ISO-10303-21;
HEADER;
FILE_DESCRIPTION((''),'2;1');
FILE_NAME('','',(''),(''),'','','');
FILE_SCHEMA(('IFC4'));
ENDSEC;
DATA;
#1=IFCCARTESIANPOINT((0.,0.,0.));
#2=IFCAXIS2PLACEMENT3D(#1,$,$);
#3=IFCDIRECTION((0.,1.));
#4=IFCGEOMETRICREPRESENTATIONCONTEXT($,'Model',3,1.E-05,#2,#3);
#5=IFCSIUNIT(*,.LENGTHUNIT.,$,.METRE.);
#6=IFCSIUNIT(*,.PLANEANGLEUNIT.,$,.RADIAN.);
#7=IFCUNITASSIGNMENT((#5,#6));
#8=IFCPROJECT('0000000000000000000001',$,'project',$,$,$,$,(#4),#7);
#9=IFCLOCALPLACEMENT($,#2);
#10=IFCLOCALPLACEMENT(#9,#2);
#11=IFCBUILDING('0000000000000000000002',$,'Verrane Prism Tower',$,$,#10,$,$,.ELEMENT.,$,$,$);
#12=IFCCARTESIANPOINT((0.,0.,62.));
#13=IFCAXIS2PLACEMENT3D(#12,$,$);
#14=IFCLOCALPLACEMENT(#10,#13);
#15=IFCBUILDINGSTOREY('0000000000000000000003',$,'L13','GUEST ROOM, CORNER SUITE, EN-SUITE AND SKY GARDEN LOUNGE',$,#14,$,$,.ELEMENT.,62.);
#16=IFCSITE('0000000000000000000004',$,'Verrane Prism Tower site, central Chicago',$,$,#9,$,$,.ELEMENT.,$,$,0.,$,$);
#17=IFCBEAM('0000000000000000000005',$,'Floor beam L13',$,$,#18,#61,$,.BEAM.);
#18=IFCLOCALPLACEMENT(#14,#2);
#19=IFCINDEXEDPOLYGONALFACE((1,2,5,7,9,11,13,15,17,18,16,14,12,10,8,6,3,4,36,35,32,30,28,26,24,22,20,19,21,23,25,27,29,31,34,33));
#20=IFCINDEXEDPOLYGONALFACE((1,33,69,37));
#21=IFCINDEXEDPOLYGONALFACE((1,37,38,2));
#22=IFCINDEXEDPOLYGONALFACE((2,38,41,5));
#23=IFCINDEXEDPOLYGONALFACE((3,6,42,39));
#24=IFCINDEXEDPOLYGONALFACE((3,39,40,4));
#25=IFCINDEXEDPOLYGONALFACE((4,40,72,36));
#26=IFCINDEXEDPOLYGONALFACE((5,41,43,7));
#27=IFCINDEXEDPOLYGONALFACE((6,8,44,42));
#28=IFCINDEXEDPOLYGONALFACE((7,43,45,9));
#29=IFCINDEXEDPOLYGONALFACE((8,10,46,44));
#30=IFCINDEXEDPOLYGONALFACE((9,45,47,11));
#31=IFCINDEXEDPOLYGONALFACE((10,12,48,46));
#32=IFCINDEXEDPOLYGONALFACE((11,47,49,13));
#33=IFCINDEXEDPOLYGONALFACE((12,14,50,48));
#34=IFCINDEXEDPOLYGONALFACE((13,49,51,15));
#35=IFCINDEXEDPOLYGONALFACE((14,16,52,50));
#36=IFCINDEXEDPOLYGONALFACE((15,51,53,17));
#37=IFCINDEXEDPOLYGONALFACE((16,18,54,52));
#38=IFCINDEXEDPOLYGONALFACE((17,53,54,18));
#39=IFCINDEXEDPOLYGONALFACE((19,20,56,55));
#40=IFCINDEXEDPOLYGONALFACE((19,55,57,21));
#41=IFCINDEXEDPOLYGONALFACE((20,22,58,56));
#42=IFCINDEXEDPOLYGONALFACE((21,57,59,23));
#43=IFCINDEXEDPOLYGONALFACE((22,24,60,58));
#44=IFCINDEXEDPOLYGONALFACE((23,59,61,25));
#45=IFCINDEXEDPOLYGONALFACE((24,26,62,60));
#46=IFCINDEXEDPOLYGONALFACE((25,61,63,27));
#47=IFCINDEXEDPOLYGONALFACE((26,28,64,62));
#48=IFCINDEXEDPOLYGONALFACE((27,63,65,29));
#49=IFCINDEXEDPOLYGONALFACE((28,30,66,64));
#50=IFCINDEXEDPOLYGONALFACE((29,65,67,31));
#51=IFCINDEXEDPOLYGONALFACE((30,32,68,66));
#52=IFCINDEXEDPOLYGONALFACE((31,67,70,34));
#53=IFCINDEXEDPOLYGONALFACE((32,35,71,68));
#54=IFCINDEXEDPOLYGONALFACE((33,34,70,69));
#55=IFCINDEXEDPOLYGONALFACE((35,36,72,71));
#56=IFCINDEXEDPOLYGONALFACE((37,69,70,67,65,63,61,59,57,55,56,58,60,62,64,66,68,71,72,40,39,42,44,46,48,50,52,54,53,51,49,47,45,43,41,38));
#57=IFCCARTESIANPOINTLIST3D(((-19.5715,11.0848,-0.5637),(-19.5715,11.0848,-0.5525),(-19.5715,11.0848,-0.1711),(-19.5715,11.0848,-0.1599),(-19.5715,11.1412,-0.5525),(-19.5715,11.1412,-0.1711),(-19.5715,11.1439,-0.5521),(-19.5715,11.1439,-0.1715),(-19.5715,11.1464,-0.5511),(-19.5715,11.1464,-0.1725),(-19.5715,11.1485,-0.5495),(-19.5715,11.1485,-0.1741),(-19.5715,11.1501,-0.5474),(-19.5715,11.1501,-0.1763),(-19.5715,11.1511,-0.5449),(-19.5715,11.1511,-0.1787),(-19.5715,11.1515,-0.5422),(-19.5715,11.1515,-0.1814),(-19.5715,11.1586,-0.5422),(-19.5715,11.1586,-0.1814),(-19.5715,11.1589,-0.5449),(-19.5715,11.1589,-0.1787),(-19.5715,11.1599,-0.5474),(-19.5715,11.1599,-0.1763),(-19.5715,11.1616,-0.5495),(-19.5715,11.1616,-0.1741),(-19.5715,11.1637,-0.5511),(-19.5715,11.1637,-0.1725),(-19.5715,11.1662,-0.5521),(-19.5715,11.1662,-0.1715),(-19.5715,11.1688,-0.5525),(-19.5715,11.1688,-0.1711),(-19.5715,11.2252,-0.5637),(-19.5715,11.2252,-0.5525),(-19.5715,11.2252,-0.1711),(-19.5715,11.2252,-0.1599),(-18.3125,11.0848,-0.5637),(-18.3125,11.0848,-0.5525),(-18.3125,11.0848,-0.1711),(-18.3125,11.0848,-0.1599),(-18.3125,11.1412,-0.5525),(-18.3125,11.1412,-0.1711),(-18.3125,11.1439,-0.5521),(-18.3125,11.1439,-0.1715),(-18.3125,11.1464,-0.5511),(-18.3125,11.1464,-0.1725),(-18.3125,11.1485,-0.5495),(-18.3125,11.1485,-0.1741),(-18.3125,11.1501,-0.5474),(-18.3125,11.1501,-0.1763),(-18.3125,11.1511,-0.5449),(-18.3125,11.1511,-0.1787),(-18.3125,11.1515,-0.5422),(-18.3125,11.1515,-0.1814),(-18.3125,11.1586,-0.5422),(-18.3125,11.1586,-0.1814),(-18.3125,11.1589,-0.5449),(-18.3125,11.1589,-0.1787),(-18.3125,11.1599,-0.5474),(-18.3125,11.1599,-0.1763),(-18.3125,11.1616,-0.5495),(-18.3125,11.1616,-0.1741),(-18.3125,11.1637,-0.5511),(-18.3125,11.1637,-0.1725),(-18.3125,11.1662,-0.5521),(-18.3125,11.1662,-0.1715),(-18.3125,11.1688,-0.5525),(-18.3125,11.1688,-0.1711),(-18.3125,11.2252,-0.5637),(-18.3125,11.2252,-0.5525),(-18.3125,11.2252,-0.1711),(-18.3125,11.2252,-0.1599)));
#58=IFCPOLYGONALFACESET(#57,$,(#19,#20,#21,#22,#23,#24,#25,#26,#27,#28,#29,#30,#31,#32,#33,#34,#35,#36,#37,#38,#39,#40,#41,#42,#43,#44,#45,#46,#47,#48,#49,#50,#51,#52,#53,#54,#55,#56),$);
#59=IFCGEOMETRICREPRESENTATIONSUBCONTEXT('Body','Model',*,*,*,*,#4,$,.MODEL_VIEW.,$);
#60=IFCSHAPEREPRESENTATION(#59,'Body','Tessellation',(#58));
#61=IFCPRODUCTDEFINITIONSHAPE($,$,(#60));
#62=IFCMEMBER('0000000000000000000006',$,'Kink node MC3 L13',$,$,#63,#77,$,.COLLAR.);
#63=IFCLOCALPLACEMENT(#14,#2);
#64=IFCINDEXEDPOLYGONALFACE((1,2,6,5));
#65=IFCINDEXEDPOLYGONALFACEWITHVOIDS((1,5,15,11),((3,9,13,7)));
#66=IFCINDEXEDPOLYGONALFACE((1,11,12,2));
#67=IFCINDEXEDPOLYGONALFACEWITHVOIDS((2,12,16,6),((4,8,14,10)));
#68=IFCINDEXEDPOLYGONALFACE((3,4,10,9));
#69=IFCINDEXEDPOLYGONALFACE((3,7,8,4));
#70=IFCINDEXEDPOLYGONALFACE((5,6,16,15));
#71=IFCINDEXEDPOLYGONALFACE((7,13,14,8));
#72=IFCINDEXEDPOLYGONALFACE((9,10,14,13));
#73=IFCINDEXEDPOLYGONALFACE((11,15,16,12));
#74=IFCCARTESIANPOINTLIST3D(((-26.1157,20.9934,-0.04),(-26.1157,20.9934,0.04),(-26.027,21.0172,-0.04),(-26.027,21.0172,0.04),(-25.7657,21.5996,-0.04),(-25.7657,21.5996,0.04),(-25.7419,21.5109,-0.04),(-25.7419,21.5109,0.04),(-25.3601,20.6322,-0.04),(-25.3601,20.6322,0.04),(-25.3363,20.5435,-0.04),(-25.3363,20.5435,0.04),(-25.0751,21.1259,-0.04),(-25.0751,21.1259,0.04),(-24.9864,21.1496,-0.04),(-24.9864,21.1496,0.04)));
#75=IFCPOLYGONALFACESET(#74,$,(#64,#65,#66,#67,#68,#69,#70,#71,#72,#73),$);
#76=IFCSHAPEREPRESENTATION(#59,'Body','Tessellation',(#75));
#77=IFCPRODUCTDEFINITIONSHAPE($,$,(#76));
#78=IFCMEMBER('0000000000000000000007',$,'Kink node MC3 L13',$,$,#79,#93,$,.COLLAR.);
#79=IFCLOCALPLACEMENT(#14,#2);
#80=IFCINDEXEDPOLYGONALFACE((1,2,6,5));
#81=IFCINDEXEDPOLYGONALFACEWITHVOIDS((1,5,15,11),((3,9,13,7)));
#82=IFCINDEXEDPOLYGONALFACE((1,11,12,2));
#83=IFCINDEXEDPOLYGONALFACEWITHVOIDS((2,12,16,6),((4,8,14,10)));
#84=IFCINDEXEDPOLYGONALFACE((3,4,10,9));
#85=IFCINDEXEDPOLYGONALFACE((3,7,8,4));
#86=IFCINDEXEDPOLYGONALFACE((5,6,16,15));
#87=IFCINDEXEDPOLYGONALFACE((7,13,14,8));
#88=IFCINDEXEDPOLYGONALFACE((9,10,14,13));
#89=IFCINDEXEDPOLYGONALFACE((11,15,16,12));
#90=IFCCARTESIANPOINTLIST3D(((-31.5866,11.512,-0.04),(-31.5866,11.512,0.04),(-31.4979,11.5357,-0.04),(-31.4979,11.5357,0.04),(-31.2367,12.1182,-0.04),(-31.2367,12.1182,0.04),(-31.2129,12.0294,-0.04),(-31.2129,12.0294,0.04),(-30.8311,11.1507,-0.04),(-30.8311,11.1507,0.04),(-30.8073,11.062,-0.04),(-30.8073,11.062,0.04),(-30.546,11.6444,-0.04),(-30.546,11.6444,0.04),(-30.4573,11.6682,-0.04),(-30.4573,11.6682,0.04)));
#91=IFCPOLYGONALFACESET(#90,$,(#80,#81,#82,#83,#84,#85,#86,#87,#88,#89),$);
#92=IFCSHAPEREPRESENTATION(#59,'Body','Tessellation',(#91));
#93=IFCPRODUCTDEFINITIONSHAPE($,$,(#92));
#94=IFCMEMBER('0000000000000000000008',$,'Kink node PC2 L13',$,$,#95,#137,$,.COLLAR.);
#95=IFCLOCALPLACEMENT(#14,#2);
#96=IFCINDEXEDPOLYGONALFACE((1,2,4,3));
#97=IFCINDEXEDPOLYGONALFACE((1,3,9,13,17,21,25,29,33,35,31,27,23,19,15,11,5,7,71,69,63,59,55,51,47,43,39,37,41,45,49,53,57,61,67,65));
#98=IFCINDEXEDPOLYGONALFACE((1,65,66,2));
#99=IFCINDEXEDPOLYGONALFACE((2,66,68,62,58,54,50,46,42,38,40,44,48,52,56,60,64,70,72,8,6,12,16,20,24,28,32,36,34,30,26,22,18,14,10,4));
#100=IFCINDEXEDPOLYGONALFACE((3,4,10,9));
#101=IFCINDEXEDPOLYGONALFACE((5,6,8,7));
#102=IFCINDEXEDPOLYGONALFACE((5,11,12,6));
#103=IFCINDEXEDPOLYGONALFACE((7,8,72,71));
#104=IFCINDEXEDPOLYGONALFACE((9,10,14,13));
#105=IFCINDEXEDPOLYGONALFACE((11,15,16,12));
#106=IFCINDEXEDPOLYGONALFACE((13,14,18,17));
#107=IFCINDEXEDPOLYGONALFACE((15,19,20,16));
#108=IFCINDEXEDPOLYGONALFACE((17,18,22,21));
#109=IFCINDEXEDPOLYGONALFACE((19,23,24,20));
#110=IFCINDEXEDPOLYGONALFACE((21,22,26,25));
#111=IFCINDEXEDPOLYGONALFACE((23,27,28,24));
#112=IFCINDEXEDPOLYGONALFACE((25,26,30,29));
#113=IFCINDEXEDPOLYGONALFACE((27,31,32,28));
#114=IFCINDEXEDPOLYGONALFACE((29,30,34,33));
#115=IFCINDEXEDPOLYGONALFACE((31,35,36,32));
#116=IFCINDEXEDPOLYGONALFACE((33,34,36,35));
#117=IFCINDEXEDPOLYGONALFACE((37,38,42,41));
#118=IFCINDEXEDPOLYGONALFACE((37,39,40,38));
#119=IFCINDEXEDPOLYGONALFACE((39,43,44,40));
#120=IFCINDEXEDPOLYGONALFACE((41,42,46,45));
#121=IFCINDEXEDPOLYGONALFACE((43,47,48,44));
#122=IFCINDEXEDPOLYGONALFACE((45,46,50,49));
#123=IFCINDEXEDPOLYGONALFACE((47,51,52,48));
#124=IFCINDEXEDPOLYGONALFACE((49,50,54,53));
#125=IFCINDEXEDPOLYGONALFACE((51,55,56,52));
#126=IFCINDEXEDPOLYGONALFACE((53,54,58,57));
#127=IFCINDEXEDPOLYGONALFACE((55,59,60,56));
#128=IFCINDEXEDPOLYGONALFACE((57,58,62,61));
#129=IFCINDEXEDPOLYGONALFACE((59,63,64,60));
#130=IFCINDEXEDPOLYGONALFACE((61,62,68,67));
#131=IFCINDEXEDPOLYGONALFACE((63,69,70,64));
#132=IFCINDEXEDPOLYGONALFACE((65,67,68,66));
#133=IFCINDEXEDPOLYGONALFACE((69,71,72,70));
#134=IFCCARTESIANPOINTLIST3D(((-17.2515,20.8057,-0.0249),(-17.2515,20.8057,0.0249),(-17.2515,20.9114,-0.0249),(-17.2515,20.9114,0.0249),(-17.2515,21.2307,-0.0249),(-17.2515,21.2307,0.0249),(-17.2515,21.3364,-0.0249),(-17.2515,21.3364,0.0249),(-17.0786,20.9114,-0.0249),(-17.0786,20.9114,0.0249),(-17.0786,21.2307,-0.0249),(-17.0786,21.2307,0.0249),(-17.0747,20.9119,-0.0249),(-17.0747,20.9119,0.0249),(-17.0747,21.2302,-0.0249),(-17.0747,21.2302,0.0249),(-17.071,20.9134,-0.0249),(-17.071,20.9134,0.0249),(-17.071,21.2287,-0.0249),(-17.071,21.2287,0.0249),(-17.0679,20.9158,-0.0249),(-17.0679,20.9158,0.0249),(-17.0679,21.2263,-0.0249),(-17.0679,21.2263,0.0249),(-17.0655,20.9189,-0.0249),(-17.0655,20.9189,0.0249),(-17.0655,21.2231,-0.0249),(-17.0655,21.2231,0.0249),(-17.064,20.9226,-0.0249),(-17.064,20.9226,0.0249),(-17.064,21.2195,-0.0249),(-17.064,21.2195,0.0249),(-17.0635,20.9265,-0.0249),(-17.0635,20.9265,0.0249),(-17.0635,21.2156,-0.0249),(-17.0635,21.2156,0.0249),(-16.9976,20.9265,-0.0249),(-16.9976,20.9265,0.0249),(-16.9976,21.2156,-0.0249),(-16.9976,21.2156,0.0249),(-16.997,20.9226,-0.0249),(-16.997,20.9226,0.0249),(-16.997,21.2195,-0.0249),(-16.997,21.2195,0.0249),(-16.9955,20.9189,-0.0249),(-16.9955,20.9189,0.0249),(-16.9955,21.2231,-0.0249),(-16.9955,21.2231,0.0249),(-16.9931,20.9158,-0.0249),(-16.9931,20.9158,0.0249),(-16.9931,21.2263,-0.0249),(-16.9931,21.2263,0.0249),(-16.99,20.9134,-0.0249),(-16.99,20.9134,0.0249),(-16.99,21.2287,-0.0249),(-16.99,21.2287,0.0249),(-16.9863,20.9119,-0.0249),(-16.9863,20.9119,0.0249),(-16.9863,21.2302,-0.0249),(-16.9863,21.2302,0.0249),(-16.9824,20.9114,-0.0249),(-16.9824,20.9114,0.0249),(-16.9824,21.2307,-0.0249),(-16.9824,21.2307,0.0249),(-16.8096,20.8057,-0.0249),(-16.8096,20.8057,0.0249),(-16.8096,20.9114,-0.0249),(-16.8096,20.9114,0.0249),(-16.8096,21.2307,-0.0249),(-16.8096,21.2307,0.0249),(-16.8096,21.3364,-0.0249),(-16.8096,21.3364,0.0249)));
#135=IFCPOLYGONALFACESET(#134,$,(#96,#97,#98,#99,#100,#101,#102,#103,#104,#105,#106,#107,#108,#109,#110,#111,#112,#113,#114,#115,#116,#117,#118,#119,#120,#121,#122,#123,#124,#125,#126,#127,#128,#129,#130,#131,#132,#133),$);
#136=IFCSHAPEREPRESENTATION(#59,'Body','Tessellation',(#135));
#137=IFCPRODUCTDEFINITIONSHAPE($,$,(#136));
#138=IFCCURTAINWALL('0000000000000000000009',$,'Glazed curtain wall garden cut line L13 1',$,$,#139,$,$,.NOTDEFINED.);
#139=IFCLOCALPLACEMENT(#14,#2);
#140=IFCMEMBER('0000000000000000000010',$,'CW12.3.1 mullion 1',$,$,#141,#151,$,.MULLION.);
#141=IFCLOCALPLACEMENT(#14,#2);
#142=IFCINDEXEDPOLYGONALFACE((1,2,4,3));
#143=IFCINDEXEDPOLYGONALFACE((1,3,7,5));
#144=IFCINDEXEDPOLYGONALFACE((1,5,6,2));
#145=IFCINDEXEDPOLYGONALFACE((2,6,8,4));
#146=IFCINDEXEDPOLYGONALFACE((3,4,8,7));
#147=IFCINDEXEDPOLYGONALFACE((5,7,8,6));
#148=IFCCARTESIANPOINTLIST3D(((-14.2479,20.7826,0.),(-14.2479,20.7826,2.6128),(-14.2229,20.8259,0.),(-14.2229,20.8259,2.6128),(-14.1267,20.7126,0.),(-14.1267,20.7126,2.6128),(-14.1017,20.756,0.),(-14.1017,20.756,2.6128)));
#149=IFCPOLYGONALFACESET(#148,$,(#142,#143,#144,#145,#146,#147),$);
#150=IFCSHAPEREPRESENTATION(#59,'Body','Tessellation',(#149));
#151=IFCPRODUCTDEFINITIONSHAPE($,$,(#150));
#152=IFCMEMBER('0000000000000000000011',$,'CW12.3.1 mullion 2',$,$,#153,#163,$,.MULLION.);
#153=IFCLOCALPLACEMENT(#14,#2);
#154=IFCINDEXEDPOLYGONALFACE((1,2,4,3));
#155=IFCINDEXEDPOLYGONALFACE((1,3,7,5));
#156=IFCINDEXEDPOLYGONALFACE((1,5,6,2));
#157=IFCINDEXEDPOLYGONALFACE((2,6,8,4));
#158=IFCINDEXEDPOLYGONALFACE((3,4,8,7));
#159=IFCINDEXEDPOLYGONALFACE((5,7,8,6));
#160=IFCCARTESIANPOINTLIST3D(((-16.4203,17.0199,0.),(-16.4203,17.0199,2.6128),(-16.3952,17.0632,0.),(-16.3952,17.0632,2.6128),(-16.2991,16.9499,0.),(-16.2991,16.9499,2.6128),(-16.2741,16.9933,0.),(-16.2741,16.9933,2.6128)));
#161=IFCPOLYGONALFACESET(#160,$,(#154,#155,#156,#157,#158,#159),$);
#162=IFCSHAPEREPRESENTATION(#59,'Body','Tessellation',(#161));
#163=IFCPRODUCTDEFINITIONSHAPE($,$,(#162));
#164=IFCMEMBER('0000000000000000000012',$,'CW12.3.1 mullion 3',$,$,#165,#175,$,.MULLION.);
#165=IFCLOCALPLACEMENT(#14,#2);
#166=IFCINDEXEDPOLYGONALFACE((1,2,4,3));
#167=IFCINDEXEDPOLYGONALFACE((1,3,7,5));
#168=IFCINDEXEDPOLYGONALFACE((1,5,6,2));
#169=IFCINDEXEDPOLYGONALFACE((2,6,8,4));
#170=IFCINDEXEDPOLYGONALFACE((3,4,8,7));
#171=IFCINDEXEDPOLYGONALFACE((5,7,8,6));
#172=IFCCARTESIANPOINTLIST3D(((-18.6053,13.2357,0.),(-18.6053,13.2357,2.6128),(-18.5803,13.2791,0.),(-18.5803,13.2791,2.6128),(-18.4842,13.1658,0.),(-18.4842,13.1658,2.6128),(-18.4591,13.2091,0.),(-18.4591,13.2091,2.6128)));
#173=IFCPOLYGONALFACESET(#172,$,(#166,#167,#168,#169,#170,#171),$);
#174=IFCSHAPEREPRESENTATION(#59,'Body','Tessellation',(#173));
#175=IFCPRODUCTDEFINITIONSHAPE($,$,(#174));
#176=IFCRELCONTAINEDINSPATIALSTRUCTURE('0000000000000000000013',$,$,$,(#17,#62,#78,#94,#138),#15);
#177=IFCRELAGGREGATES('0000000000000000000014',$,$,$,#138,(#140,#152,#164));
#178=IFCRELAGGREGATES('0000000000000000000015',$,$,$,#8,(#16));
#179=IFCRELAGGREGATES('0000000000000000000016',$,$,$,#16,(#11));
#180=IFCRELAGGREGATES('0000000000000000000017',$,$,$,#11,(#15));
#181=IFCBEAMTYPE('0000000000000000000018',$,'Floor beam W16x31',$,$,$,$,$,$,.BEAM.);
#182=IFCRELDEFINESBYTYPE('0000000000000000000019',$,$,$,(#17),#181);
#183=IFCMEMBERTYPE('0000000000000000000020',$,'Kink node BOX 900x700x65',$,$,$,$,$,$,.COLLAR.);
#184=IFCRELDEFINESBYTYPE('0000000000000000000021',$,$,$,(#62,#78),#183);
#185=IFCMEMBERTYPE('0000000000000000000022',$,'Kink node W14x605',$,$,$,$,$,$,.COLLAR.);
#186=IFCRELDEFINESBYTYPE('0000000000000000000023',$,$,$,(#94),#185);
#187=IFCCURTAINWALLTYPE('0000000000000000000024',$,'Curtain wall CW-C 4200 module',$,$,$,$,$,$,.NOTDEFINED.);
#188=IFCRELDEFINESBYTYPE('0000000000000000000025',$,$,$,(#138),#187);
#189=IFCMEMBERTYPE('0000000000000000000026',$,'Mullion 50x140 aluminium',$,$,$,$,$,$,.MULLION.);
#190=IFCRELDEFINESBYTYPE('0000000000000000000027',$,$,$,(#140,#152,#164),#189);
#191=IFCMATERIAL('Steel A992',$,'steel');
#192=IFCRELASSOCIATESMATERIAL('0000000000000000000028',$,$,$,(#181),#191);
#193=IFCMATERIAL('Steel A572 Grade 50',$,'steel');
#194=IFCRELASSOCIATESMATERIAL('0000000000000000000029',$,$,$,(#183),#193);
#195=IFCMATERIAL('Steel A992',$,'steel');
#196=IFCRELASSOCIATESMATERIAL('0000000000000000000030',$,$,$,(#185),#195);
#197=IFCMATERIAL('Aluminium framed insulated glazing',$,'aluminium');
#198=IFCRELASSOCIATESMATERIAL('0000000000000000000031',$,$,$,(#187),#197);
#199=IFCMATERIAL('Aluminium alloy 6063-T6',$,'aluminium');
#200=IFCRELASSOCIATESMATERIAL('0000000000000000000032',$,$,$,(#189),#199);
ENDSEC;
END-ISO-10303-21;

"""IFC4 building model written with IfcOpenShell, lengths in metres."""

from ifc_helpers import new_model, si_unit, direction, frame, origin, origin_2d, place, context, subcontext, project, spatial, rectangle, hollow_rectangle, i_section, extrude, material, material_profile, profile_set, type_object, element, aggregate, save


model = new_model("IFC4")

# Units and contexts
model_context = context("Model", 3, precision=1e-05, world=origin(), true_north=direction((0.0, 1.0)))
body_context = subcontext(model_context, "Body", "Model", "MODEL_VIEW")
ifc_project = project(units=[si_unit("LENGTHUNIT", "METRE"), si_unit("PLANEANGLEUNIT", "RADIAN")], contexts=[model_context])

# Site, building, storey
site_placement = place(None, origin())
site = spatial("IfcSite", under=ifc_project, at=site_placement, Name="Verrane Prism Tower site, central Chicago", CompositionType="ELEMENT", RefElevation=0.0)
building_placement = place(site_placement, origin())
building = spatial("IfcBuilding", under=site, at=building_placement, Name="Verrane Prism Tower", CompositionType="ELEMENT")
storey_placement = place(building_placement, frame((0.0, 0.0, 62.0)))
storey = spatial("IfcBuildingStorey", under=building, at=storey_placement, Name="L13", Description="GUEST ROOM, CORNER SUITE, EN-SUITE AND SKY GARDEN LOUNGE", CompositionType="ELEMENT", Elevation=62.0)

# Beam
ifc_material_1 = material(Name="Steel A992", Category="steel")
ifc_material_profile_1 = material_profile(ifc_material_1, i_section(OverallWidth=0.1404, OverallDepth=0.4038, WebThickness=0.0071, FlangeThickness=0.0112, FilletRadius=0.0103, at=origin_2d()), Name="W16x31")
ifc_profile_set_1 = profile_set([ifc_material_profile_1], Name="Steel A992")
beam_type_1 = type_object("IfcBeamType", Name="Floor beam W16x31", PredefinedType="BEAM", material=ifc_profile_set_1)
beam_1_placement = place(storey_placement, frame((-19.5715, 11.155, -0.3618), z_axis=(1.0, 0.0, 0.0), x_axis=(0.0, 1.0, 0.0)))
element("IfcBeam", 1, at=beam_1_placement, inside=storey, type_object=beam_type_1, Name="Floor beam L13", PredefinedType="BEAM", context=body_context, shape_type="SweptSolid", body=[
    extrude(i_section(OverallWidth=0.1404, OverallDepth=0.4038, WebThickness=0.0071, FlangeThickness=0.0112, FilletRadius=0.0103, at=origin_2d()), origin(), (0.0, 0.0, 1.0), 1.259),
])

# Members
ifc_material_2 = material(Name="Steel A572 Grade 50", Category="steel")
ifc_material_profile_2 = material_profile(ifc_material_2, hollow_rectangle(XDim=0.7, YDim=0.8999, WallThickness=0.0649, at=origin_2d()), Name="BOX 900x700x65")
ifc_profile_set_2 = profile_set([ifc_material_profile_2], Name="Steel A572 Grade 50")
member_type_1 = type_object("IfcMemberType", Name="Kink node BOX 900x700x65", PredefinedType="COLLAR", material=ifc_profile_set_2)
for number, where, z_axis, x_axis, name in (
    (2, (-25.551, 21.0715, -0.04), (0.0, 0.0, 1.0), (0.5, 0.866025, 0.0), "Kink node MC3 L13"),
    (3, (-31.022, 11.5901, -0.04), (0.0, 0.0, 1.0), (0.5, 0.866025, 0.0), "Kink node MC3 L13"),
):
    element("IfcMember", number, at=place(storey_placement, frame(where, z_axis=z_axis, x_axis=x_axis)), inside=storey, type_object=member_type_1, Name=name, PredefinedType="COLLAR", context=body_context, shape_type="SweptSolid", body=[
        extrude(hollow_rectangle(XDim=0.7, YDim=0.8999, WallThickness=0.0649, at=origin_2d()), origin(), (0.0, 0.0, 1.0), 0.0801),
    ])
ifc_material_3 = material(Name="Steel A992", Category="steel")
ifc_material_profile_3 = material_profile(ifc_material_3, i_section(OverallWidth=0.4419, OverallDepth=0.5308, WebThickness=0.0659, FlangeThickness=0.1057, FilletRadius=0.0151, at=origin_2d()), Name="W14x605")
ifc_profile_set_3 = profile_set([ifc_material_profile_3], Name="Steel A992")
member_type_2 = type_object("IfcMemberType", Name="Kink node W14x605", PredefinedType="COLLAR", material=ifc_profile_set_3)
member_1_placement = place(storey_placement, frame((-17.0305, 21.071, -0.0249), z_axis=(0.0, 0.0, 1.0), x_axis=(1.0, 0.0, 0.0)))
element("IfcMember", 4, at=member_1_placement, inside=storey, type_object=member_type_2, Name="Kink node PC2 L13", PredefinedType="COLLAR", context=body_context, shape_type="SweptSolid", body=[
    extrude(i_section(OverallWidth=0.4419, OverallDepth=0.5308, WebThickness=0.0659, FlangeThickness=0.1057, FilletRadius=0.0151, at=origin_2d()), origin(), (0.0, 0.0, 1.0), 0.0498),
])

# Curtain wall, members
ifc_material_4 = material(Name="Aluminium framed insulated glazing", Category="aluminium")
curtain_wall_type = type_object("IfcCurtainWallType", Name="Curtain wall CW-C 4200 module", PredefinedType="NOTDEFINED", material=ifc_material_4)
curtain_wall_placement = place(storey_placement, origin())
curtain_wall = element("IfcCurtainWall", 5, at=curtain_wall_placement, inside=storey, type_object=curtain_wall_type, Name="Glazed curtain wall garden cut line L13 1", PredefinedType="NOTDEFINED")
ifc_material_5 = material(Name="Aluminium alloy 6063-T6", Category="aluminium")
ifc_material_profile_4 = material_profile(ifc_material_5, rectangle(XDim=0.1399, YDim=0.05, at=origin_2d()), Name="Mullion 50x140 aluminium")
ifc_profile_set_4 = profile_set([ifc_material_profile_4], Name="Aluminium alloy 6063-T6")
member_type_3 = type_object("IfcMemberType", Name="Mullion 50x140 aluminium", PredefinedType="MULLION", material=ifc_profile_set_4)
member_2_placement = place(storey_placement, frame((-14.1748, 20.7693, 0.0), z_axis=(0.0, 0.0, 1.0), x_axis=(0.866026, -0.499999, 0.0)))
member_2 = element("IfcMember", 6, at=member_2_placement, type_object=member_type_3, Name="CW12.3.1 mullion 1", PredefinedType="MULLION", context=body_context, shape_type="SweptSolid", body=[
    extrude(rectangle(XDim=0.1399, YDim=0.05, at=origin_2d()), origin(), (0.0, 0.0, 1.0), 2.6128),
])
member_3_placement = place(storey_placement, frame((-16.3472, 17.0066, 0.0), z_axis=(0.0, 0.0, 1.0), x_axis=(0.866026, -0.499999, 0.0)))
member_3 = element("IfcMember", 7, at=member_3_placement, type_object=member_type_3, Name="CW12.3.1 mullion 2", PredefinedType="MULLION", context=body_context, shape_type="SweptSolid", body=[
    extrude(rectangle(XDim=0.1399, YDim=0.05, at=origin_2d()), origin(), (0.0, 0.0, 1.0), 2.6128),
])
member_4_placement = place(storey_placement, frame((-18.5322, 13.2224, 0.0), z_axis=(0.0, 0.0, 1.0), x_axis=(0.866026, -0.499999, 0.0)))
member_4 = element("IfcMember", 8, at=member_4_placement, type_object=member_type_3, Name="CW12.3.1 mullion 3", PredefinedType="MULLION", context=body_context, shape_type="SweptSolid", body=[
    extrude(rectangle(XDim=0.1399, YDim=0.05, at=origin_2d()), origin(), (0.0, 0.0, 1.0), 2.6128),
])

aggregate(curtain_wall, [member_2, member_3, member_4])

save(model, "model.ifc")
